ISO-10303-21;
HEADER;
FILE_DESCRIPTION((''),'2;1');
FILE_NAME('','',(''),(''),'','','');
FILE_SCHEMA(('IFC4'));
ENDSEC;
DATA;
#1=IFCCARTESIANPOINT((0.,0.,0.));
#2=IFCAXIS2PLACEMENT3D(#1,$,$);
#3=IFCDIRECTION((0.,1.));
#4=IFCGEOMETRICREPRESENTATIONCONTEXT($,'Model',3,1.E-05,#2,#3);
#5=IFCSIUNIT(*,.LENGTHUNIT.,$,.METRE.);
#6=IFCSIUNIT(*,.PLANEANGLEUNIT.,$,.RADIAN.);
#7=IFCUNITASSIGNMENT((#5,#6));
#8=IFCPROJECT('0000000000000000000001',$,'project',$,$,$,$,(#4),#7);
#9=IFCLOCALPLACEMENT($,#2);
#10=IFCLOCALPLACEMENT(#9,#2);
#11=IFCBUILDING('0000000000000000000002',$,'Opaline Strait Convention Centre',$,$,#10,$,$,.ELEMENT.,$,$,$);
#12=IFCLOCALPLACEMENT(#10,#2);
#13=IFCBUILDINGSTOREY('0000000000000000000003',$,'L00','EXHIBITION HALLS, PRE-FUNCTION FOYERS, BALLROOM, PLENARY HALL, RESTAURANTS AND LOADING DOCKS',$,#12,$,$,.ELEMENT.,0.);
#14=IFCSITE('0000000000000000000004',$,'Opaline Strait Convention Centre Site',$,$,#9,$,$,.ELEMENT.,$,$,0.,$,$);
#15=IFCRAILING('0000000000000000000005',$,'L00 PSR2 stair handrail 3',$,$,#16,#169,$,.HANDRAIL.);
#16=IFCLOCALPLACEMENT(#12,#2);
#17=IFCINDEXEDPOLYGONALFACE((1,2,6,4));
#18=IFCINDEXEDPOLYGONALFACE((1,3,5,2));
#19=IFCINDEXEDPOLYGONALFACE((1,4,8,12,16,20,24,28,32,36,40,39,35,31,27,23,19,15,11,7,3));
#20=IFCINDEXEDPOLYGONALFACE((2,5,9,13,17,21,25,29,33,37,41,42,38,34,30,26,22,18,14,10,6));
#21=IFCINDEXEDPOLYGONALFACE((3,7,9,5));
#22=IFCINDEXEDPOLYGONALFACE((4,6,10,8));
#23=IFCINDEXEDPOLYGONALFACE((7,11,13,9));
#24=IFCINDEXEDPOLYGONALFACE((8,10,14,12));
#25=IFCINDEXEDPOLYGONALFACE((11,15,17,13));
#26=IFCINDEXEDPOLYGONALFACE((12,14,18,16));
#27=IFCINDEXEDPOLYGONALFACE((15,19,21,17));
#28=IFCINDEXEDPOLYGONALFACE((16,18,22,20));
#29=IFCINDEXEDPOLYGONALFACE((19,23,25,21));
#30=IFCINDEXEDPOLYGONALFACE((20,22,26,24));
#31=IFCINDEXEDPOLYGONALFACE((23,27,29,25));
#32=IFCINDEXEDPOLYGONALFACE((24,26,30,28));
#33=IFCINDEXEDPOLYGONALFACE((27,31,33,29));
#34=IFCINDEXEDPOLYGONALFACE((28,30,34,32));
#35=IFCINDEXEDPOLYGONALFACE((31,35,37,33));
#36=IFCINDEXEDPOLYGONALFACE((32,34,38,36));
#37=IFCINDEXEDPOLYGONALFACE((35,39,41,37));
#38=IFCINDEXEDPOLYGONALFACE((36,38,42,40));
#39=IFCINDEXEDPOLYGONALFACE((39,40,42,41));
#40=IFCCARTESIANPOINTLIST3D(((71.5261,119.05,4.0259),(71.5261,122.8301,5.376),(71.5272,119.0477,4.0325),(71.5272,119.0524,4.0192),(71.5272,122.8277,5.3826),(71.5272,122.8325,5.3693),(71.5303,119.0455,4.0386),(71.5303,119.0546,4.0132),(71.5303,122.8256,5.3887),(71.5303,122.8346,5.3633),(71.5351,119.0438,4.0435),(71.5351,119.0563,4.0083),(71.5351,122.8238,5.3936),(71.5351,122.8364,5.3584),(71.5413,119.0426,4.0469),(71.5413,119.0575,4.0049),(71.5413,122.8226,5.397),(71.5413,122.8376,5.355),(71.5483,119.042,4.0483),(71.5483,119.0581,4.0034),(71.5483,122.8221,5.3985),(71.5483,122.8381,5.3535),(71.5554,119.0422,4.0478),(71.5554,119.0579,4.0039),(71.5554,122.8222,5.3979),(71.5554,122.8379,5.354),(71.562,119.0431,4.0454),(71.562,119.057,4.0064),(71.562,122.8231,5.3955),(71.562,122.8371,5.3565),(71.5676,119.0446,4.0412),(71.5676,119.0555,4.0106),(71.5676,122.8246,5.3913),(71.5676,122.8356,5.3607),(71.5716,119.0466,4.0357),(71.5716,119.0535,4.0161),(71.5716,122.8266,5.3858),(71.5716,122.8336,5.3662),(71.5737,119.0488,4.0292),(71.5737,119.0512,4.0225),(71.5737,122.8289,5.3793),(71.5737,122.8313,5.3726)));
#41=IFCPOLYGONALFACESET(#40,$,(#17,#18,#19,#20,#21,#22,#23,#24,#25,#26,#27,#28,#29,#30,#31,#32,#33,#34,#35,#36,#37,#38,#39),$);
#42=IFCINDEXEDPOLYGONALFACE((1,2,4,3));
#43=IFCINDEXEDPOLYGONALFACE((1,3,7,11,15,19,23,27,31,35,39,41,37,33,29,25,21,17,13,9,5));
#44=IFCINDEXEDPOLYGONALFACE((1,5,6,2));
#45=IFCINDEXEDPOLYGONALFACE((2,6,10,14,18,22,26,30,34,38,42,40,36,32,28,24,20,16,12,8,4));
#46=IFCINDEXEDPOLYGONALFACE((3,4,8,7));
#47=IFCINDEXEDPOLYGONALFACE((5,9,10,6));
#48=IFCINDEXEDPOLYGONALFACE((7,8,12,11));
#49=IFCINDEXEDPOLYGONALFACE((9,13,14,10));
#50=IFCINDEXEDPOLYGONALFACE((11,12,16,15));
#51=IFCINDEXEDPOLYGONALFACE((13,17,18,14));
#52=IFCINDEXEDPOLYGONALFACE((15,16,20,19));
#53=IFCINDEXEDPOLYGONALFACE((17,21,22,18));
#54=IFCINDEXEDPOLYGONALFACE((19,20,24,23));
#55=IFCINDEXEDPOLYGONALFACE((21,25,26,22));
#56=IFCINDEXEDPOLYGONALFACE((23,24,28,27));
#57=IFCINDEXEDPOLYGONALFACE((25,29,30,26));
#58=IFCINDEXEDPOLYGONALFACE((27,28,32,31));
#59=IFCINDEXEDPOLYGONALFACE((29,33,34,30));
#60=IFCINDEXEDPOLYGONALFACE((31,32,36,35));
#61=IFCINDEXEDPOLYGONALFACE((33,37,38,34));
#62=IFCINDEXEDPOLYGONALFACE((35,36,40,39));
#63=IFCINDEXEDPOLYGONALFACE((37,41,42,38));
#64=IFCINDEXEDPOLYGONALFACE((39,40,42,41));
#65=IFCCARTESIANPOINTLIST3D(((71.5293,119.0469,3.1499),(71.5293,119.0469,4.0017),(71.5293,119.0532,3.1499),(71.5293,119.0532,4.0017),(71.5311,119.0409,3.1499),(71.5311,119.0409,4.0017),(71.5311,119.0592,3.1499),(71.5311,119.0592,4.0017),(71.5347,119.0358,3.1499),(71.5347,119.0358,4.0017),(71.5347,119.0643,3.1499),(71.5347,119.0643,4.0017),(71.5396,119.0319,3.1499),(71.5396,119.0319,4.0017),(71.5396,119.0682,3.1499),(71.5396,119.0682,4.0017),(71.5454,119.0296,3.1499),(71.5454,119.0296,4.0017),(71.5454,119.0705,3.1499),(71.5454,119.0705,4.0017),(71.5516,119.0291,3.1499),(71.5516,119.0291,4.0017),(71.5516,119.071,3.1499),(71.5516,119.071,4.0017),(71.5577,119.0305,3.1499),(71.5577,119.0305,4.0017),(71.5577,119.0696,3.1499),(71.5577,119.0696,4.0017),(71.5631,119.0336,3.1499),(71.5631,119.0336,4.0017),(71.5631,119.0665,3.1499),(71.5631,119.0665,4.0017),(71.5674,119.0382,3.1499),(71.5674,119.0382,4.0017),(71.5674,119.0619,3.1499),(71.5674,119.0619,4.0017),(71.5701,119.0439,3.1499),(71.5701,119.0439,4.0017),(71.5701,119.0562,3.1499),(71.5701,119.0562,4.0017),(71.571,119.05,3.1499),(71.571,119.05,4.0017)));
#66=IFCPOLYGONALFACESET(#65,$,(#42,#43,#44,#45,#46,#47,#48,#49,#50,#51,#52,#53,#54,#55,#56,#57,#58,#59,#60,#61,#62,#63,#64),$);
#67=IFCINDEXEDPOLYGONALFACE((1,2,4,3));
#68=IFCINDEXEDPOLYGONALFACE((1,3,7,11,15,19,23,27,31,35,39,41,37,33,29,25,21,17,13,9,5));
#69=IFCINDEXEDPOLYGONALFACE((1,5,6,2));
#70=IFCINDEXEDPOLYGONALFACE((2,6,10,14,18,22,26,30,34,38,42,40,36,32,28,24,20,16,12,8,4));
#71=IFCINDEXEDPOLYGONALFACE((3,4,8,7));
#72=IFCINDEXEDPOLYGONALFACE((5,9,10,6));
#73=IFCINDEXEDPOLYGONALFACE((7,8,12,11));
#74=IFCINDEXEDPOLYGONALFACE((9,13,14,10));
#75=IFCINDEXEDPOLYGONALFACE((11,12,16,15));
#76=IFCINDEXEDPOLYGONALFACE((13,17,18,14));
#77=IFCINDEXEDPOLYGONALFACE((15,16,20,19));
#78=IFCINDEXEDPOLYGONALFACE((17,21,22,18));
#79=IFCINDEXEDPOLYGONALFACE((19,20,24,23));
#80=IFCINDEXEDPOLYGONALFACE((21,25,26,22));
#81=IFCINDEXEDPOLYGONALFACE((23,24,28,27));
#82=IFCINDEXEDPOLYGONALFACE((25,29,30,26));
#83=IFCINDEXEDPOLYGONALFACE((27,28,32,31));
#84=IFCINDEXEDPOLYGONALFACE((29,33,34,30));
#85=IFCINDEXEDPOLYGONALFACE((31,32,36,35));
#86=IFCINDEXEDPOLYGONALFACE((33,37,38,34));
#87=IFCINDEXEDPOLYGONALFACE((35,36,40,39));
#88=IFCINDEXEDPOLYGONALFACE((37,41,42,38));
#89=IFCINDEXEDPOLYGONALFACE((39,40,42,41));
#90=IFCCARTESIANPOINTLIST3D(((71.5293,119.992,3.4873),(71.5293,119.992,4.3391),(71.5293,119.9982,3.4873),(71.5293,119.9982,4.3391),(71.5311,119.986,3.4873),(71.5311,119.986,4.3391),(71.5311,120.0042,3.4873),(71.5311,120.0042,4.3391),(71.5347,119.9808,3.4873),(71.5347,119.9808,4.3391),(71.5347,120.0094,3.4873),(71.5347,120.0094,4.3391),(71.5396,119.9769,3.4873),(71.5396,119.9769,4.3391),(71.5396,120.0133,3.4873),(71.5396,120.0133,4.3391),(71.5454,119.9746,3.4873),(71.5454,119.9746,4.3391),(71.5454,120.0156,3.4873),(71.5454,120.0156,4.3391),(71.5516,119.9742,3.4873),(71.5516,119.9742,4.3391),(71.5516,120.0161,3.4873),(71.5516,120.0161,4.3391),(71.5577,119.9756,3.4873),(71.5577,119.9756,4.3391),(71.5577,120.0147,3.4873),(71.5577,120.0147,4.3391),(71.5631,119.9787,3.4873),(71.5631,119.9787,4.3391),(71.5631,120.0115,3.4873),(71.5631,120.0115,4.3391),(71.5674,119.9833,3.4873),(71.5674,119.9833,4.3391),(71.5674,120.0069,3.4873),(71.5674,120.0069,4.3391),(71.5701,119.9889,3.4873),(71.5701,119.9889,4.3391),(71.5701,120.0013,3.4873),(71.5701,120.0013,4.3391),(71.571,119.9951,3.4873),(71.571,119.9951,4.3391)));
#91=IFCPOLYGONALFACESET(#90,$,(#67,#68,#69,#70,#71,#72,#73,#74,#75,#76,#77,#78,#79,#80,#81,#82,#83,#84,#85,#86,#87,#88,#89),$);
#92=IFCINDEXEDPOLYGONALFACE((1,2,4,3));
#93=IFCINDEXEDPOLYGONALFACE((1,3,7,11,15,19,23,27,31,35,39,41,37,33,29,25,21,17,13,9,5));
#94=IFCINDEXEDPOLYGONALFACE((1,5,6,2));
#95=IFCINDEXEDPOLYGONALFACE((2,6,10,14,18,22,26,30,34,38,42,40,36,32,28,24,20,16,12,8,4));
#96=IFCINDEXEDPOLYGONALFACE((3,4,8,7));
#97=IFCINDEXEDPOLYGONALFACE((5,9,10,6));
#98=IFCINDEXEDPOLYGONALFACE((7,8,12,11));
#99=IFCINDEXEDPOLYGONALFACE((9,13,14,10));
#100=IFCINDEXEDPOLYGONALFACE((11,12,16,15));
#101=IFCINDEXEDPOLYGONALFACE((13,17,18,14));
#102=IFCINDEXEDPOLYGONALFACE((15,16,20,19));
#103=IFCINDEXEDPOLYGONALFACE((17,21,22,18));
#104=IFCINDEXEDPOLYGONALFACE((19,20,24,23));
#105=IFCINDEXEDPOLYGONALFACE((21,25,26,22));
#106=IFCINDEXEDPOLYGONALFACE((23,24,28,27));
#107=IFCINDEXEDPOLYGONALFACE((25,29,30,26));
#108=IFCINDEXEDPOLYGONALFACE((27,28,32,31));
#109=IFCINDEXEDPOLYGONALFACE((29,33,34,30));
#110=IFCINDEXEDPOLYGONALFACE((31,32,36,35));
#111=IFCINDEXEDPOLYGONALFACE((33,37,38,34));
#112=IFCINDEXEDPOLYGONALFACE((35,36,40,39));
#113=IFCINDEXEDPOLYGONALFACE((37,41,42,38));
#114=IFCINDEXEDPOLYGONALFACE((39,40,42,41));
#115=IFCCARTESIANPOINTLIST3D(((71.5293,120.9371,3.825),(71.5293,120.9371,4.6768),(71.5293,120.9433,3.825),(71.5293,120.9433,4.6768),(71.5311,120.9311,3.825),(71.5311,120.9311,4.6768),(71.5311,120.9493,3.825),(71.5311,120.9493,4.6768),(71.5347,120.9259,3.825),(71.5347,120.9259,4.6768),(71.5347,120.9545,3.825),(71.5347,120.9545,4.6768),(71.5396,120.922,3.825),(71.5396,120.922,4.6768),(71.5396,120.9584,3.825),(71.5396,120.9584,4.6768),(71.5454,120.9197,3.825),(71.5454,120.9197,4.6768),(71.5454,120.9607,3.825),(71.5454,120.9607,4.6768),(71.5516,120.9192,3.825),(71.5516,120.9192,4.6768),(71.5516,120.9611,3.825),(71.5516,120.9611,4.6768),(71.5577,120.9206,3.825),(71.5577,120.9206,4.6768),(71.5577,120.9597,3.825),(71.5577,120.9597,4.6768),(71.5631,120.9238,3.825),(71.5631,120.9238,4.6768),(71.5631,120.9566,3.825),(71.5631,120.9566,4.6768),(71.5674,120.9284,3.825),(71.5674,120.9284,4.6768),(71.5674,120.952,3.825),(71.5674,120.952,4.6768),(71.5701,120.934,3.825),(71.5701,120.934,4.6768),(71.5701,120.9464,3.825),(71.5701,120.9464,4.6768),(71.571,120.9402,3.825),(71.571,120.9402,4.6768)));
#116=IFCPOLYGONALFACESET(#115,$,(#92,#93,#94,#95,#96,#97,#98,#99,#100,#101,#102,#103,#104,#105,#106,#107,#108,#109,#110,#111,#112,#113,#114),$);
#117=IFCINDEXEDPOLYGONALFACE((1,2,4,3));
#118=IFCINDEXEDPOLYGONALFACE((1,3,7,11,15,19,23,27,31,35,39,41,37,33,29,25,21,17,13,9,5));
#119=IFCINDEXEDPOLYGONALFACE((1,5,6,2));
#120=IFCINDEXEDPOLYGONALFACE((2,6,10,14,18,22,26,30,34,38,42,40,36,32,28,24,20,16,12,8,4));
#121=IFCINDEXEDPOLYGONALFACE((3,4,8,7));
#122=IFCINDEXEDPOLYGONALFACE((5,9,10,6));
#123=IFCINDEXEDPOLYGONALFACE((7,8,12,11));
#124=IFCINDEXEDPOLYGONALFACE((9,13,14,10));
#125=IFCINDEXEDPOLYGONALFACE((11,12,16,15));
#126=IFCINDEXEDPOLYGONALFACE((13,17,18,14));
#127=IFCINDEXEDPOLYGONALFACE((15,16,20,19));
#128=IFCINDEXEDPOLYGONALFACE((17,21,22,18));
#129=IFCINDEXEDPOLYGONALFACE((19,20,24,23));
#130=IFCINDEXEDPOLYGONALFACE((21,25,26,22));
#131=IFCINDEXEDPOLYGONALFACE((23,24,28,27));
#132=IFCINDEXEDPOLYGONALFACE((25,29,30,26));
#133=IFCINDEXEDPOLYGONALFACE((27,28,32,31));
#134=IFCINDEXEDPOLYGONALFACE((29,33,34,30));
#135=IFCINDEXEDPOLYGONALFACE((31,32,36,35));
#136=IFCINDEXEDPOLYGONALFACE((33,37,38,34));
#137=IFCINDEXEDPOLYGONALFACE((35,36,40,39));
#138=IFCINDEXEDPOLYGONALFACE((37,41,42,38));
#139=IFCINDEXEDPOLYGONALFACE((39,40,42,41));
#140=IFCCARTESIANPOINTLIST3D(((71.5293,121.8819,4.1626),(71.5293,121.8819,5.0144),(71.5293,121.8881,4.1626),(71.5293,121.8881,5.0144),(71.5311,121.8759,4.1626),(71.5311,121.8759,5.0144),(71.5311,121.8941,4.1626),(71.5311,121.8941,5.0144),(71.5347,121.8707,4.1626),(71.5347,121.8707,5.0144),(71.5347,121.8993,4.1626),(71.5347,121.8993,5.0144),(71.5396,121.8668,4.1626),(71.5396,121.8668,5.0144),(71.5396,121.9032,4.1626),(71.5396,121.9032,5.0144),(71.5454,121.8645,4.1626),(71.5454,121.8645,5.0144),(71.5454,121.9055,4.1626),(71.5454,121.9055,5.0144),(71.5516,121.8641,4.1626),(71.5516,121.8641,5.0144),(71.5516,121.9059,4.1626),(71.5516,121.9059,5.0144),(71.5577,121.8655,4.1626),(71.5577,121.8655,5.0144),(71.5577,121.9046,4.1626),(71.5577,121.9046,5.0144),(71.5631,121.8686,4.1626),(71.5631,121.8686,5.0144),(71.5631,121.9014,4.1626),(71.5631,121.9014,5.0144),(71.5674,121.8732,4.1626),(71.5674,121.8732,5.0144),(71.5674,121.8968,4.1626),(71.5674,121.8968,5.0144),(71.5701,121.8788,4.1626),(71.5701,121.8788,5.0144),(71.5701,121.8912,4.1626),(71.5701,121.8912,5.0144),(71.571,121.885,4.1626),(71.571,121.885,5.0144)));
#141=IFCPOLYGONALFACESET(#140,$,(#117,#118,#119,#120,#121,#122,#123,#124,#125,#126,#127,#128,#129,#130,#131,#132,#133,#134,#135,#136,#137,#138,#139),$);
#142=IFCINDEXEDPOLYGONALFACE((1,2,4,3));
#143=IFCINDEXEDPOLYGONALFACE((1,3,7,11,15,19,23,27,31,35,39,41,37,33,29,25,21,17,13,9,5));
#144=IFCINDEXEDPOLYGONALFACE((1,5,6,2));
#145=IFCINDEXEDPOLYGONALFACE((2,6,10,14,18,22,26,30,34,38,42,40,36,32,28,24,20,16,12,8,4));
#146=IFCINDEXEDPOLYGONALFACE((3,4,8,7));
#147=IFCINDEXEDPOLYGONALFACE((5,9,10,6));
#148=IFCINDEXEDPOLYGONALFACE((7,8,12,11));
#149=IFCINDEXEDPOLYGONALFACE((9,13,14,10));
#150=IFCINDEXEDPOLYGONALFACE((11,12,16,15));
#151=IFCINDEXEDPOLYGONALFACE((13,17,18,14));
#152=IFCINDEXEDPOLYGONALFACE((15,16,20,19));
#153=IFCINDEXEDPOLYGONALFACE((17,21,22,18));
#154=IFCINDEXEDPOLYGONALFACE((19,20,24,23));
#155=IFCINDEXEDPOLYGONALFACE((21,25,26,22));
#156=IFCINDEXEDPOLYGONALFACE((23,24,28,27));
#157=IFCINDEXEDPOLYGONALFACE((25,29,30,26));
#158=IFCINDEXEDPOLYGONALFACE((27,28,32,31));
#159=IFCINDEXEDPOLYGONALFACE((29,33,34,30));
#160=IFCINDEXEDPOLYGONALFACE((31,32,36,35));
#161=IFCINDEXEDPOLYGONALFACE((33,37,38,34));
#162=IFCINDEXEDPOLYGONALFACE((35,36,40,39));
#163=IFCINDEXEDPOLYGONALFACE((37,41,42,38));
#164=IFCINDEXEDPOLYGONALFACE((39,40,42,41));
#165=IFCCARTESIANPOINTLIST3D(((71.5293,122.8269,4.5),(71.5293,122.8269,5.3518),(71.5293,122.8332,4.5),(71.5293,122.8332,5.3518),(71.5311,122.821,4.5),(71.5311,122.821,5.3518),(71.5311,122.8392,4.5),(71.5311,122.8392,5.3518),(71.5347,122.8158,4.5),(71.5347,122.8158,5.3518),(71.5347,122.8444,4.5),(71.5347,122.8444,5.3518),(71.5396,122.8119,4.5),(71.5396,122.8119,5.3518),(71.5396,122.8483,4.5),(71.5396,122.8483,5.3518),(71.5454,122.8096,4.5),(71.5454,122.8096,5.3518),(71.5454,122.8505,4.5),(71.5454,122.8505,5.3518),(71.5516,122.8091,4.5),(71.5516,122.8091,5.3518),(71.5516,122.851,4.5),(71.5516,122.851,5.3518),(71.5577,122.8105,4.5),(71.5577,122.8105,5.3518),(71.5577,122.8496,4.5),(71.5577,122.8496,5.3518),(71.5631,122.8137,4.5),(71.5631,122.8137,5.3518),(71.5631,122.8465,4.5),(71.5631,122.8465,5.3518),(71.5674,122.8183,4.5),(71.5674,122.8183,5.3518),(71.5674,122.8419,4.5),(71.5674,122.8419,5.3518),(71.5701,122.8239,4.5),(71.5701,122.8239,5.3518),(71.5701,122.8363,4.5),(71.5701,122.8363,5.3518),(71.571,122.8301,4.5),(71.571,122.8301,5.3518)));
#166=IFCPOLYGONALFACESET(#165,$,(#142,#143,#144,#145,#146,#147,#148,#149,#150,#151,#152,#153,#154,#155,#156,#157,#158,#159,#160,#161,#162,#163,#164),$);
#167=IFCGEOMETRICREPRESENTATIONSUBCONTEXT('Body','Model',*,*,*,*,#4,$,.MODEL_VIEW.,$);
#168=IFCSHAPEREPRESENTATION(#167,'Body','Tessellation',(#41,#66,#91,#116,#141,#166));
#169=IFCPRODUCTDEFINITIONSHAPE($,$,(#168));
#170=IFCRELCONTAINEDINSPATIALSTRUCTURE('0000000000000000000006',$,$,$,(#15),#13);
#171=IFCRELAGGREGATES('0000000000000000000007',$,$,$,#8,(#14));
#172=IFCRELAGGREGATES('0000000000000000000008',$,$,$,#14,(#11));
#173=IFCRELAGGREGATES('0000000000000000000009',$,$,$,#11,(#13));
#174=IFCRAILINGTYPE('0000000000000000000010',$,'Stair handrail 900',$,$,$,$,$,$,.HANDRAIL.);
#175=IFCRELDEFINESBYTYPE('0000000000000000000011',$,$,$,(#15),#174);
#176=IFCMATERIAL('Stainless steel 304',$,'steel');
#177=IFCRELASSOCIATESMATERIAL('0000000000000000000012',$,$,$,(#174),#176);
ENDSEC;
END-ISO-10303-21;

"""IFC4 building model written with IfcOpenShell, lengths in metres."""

from ifc_helpers import new_model, si_unit, direction, frame, origin, origin_2d, place, context, subcontext, project, spatial, circle, extrude, material, type_object, element, save


model = new_model("IFC4")

# Units and contexts
model_context = context("Model", 3, precision=1e-05, world=origin(), true_north=direction((0.0, 1.0)))
body_context = subcontext(model_context, "Body", "Model", "MODEL_VIEW")
ifc_project = project(units=[si_unit("LENGTHUNIT", "METRE"), si_unit("PLANEANGLEUNIT", "RADIAN")], contexts=[model_context])

# Site, building, storey
site_placement = place(None, origin())
site = spatial("IfcSite", under=ifc_project, at=site_placement, Name="Opaline Strait Convention Centre Site", CompositionType="ELEMENT", RefElevation=0.0)
building_placement = place(site_placement, origin())
building = spatial("IfcBuilding", under=site, at=building_placement, Name="Opaline Strait Convention Centre", CompositionType="ELEMENT")
storey_placement = place(building_placement, origin())
storey = spatial("IfcBuildingStorey", under=building, at=storey_placement, Name="L00", Description="EXHIBITION HALLS, PRE-FUNCTION FOYERS, BALLROOM, PLENARY HALL, RESTAURANTS AND LOADING DOCKS", CompositionType="ELEMENT", Elevation=0.0)

# Railing
ifc_material_1 = material(Name="Stainless steel 304", Category="steel")
railing_type_1 = type_object("IfcRailingType", Name="Stair handrail 900", PredefinedType="HANDRAIL", material=ifc_material_1)
railing_1_placement = place(storey_placement, frame((71.55, 119.05, 3.1499)))
element("IfcRailing", 1, at=railing_1_placement, inside=storey, type_object=railing_type_1, Name="L00 PSR2 stair handrail 3", PredefinedType="HANDRAIL", context=body_context, shape_type="SweptSolid", body=[
    extrude(circle(Radius=0.0239, at=origin_2d()), frame((0.0, 0.0, 0.876), z_axis=(0.0, 0.941735, 0.336356), x_axis=(-1.0, 0.0, 0.0)), (0.0, 0.0, 1.0), 4.0139),
    extrude(circle(Radius=0.021, at=origin_2d()), origin(), (0.0, 0.0, 1.0), 0.8518),
    extrude(circle(Radius=0.021, at=origin_2d()), frame((0.0, 0.9451, 0.3374)), (0.0, 0.0, 1.0), 0.8518),
    extrude(circle(Radius=0.021, at=origin_2d()), frame((0.0, 1.8901, 0.675)), (0.0, 0.0, 1.0), 0.8518),
    extrude(circle(Radius=0.021, at=origin_2d()), frame((0.0, 2.835, 1.0127)), (0.0, 0.0, 1.0), 0.8518),
    extrude(circle(Radius=0.021, at=origin_2d()), frame((0.0, 3.78, 1.3501)), (0.0, 0.0, 1.0), 0.8518),
])

save(model, "model.ifc")
